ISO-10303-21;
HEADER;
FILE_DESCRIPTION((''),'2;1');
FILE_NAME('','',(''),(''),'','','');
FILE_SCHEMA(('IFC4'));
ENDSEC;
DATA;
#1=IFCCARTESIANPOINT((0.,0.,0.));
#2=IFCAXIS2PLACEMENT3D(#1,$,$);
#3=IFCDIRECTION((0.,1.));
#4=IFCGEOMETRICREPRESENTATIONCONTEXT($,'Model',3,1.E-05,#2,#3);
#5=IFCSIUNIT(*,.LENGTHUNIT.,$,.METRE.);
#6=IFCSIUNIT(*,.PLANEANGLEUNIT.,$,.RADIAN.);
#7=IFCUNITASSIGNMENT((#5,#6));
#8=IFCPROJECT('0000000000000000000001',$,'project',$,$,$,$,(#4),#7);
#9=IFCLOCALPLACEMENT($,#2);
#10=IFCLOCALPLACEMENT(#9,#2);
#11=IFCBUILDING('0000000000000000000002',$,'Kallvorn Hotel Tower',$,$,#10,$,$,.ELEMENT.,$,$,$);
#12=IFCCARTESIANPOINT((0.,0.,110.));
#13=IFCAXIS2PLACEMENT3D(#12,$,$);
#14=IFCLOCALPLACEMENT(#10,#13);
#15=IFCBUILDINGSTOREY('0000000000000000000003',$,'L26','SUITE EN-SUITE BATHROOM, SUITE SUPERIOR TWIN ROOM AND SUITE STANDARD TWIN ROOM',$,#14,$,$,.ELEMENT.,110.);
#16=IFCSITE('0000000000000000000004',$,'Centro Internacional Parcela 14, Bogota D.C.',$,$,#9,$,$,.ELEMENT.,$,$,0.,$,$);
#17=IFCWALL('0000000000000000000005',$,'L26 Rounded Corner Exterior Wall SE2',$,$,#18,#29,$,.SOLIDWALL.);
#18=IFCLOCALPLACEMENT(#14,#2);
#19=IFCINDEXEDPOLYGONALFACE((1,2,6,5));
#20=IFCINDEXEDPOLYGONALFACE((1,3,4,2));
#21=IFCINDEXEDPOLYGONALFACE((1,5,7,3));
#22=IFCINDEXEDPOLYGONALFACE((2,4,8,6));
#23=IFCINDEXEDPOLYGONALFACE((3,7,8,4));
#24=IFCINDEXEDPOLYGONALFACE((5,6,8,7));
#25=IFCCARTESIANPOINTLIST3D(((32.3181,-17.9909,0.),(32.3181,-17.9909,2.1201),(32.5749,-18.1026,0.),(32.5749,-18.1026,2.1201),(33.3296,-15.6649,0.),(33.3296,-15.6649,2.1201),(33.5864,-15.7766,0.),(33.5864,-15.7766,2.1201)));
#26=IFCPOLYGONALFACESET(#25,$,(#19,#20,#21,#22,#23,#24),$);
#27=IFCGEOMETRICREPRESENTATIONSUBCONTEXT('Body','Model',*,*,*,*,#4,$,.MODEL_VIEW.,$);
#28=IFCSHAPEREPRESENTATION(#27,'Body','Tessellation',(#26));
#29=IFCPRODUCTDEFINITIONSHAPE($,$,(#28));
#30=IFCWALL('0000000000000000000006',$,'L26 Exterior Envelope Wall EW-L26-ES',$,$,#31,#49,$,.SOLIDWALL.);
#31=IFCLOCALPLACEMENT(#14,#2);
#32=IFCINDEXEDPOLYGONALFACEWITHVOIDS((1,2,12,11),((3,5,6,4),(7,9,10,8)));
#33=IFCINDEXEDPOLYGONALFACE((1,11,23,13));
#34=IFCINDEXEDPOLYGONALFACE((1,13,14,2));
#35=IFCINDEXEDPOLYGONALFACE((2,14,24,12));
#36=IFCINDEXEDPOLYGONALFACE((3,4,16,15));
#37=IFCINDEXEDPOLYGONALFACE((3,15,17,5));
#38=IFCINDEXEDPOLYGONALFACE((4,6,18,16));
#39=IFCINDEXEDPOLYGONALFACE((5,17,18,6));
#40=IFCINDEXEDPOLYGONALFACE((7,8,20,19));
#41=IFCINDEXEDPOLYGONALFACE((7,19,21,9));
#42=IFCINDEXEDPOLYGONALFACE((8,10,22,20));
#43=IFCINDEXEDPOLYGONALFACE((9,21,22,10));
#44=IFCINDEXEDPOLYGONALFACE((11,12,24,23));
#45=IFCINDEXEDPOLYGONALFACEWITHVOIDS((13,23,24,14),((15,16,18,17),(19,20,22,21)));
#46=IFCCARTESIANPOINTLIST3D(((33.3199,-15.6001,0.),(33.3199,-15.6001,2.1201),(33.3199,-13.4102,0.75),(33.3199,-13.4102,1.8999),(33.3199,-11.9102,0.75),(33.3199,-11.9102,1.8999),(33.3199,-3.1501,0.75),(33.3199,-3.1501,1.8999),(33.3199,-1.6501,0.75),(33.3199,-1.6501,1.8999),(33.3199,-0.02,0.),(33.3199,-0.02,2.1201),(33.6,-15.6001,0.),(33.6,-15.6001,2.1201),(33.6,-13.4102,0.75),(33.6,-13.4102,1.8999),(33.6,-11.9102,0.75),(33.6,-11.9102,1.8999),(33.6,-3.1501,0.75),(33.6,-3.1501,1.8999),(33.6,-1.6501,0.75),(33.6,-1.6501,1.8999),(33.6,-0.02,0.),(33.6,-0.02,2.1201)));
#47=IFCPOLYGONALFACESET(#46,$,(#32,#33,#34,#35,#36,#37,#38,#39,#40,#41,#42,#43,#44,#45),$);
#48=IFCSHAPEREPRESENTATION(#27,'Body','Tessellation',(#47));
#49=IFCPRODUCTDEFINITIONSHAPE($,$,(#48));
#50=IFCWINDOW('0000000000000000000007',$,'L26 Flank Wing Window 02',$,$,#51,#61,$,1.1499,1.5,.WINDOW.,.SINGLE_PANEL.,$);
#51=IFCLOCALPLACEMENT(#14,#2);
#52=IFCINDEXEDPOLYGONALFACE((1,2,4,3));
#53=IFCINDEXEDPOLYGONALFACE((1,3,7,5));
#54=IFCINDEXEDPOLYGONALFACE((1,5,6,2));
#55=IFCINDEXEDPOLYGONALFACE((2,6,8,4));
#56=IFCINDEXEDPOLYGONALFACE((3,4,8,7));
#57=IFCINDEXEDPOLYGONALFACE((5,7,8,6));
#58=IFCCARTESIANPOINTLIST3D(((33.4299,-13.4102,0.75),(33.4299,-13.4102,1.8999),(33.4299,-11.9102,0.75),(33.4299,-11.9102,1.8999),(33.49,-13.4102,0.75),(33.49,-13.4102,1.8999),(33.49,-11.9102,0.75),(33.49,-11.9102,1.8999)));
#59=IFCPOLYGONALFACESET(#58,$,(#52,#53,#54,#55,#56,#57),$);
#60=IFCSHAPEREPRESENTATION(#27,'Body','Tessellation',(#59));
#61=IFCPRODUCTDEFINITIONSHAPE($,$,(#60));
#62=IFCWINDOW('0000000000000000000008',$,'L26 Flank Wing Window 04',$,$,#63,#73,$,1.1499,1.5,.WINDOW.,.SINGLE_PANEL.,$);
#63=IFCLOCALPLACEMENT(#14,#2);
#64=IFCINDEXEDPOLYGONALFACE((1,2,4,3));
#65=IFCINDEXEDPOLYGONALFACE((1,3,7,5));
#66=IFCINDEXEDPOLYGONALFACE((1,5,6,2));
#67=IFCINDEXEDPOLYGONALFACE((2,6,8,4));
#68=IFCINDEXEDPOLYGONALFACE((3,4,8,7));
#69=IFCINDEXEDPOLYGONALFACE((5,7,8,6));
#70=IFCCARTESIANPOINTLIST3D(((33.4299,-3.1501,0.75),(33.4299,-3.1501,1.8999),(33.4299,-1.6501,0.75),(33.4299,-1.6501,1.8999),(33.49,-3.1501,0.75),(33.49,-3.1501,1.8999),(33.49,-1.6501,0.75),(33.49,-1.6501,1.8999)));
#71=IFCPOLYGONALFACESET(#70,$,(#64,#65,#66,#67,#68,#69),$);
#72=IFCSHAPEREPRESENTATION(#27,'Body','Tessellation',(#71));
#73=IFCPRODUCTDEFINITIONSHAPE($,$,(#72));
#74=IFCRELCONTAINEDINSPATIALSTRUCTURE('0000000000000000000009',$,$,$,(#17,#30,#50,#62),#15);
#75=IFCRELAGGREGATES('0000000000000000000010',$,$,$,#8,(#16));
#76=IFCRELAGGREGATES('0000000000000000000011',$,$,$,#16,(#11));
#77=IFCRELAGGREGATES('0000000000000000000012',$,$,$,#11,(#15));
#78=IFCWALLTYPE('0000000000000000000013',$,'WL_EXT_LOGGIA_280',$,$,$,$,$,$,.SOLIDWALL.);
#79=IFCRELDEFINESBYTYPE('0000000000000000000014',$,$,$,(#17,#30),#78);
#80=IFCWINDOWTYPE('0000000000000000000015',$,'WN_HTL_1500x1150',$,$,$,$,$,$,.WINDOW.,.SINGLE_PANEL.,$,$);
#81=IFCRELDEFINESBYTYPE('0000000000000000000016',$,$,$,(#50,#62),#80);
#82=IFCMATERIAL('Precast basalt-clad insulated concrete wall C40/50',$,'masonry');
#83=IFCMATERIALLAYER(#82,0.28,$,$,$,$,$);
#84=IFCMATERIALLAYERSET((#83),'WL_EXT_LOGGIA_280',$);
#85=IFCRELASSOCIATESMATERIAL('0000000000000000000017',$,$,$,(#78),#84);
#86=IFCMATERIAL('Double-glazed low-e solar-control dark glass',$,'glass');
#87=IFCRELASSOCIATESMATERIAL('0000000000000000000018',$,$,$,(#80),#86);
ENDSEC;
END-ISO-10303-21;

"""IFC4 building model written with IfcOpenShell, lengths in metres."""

from ifc_helpers import new_model, si_unit, direction, frame, frame_2d, origin, place, context, subcontext, project, spatial, rectangle, extrude, material, layer, layer_set, type_object, element, fill, save


model = new_model("IFC4")

# Units and contexts
model_context = context("Model", 3, precision=1e-05, world=origin(), true_north=direction((0.0, 1.0)))
body_context = subcontext(model_context, "Body", "Model", "MODEL_VIEW")
ifc_project = project(units=[si_unit("LENGTHUNIT", "METRE"), si_unit("PLANEANGLEUNIT", "RADIAN")], contexts=[model_context])

# Site, building, storey
site_placement = place(None, origin())
site = spatial("IfcSite", under=ifc_project, at=site_placement, Name="Centro Internacional Parcela 14, Bogota D.C.", CompositionType="ELEMENT", RefElevation=0.0)
building_placement = place(site_placement, origin())
building = spatial("IfcBuilding", under=site, at=building_placement, Name="Kallvorn Hotel Tower", CompositionType="ELEMENT")
storey_placement = place(building_placement, frame((0.0, 0.0, 110.0)))
storey = spatial("IfcBuildingStorey", under=building, at=storey_placement, Name="L26", Description="SUITE EN-SUITE BATHROOM, SUITE SUPERIOR TWIN ROOM AND SUITE STANDARD TWIN ROOM", CompositionType="ELEMENT", Elevation=110.0)

# Wall
ifc_material_1 = material(Name="Precast basalt-clad insulated concrete wall C40/50", Category="masonry")
ifc_layer_1 = layer(ifc_material_1, 0.28)
ifc_layer_set_1 = layer_set([ifc_layer_1], Name="WL_EXT_LOGGIA_280")
wall_type_1 = type_object("IfcWallType", Name="WL_EXT_LOGGIA_280", PredefinedType="SOLIDWALL", material=ifc_layer_set_1)
wall_1_placement = place(storey_placement, frame((32.4465, -18.0466, 0.0), z_axis=(0.0, 0.0, 1.0), x_axis=(0.398793, 0.917041, 0.0)))
element("IfcWall", 1, at=wall_1_placement, inside=storey, type_object=wall_type_1, Name="L26 Rounded Corner Exterior Wall SE2", PredefinedType="SOLIDWALL", context=body_context, shape_type="SweptSolid", body=[
    extrude(rectangle(XDim=2.5364, YDim=0.28, at=frame_2d((1.2681, 0.0))), origin(), (0.0, 0.0, 1.0), 2.1201),
])

# Wall, openings, windows
wall_2_placement = place(storey_placement, frame((33.46, -15.6001, 0.0), z_axis=(0.0, 0.0, 1.0), x_axis=(0.0, 1.0, 0.0)))
wall_2 = element("IfcWall", 2, at=wall_2_placement, inside=storey, type_object=wall_type_1, Name="L26 Exterior Envelope Wall EW-L26-ES", PredefinedType="SOLIDWALL", context=body_context, shape_type="SweptSolid", body=[
    extrude(rectangle(XDim=15.5801, YDim=0.28, at=frame_2d((7.79, 0.0))), origin(), (0.0, 0.0, 1.0), 2.1201),
])
opening_1_placement = place(wall_2_placement, frame((2.1899, 0.0, 0.75)))
opening_1 = element("IfcOpeningElement", 3, at=opening_1_placement, cuts=wall_2, PredefinedType="OPENING", context=body_context, shape_type="SweptSolid", body=[
    extrude(rectangle(XDim=1.5, YDim=1.1499, at=frame_2d((0.75, 0.575))), frame((0.0, 0.155, 0.0), z_axis=(0.0, -1.0, 0.0), x_axis=(1.0, 0.0, 0.0)), (0.0, 0.0, 1.0), 0.3101),
])
opening_2_placement = place(wall_2_placement, frame((12.45, 0.0, 0.75)))
opening_2 = element("IfcOpeningElement", 4, at=opening_2_placement, cuts=wall_2, PredefinedType="OPENING", context=body_context, shape_type="SweptSolid", body=[
    extrude(rectangle(XDim=1.5, YDim=1.1499, at=frame_2d((0.75, 0.575))), frame((0.0, 0.155, 0.0), z_axis=(0.0, -1.0, 0.0), x_axis=(1.0, 0.0, 0.0)), (0.0, 0.0, 1.0), 0.3101),
])
ifc_material_2 = material(Name="Double-glazed low-e solar-control dark glass", Category="glass")
window_type = type_object("IfcWindowType", Name="WN_HTL_1500x1150", PartitioningType="SINGLE_PANEL", PredefinedType="WINDOW", material=ifc_material_2)
window_1_placement = place(opening_1_placement, origin())
window_1 = element("IfcWindow", 5, at=window_1_placement, inside=storey, type_object=window_type, Name="L26 Flank Wing Window 02", OverallHeight=1.1499, OverallWidth=1.5, PartitioningType="SINGLE_PANEL", PredefinedType="WINDOW", context=body_context, shape_type="SweptSolid", body=[
    extrude(rectangle(XDim=1.5, YDim=1.1499, at=frame_2d((0.75, 0.575))), frame((0.0, 0.03, 0.0), z_axis=(0.0, -1.0, 0.0), x_axis=(1.0, 0.0, 0.0)), (0.0, 0.0, 1.0), 0.0601),
])
fill(opening_1, window_1)
window_2_placement = place(opening_2_placement, origin())
window_2 = element("IfcWindow", 6, at=window_2_placement, inside=storey, type_object=window_type, Name="L26 Flank Wing Window 04", OverallHeight=1.1499, OverallWidth=1.5, PartitioningType="SINGLE_PANEL", PredefinedType="WINDOW", context=body_context, shape_type="SweptSolid", body=[
    extrude(rectangle(XDim=1.5, YDim=1.1499, at=frame_2d((0.75, 0.575))), frame((0.0, 0.03, 0.0), z_axis=(0.0, -1.0, 0.0), x_axis=(1.0, 0.0, 0.0)), (0.0, 0.0, 1.0), 0.0601),
])
fill(opening_2, window_2)

save(model, "model.ifc")
